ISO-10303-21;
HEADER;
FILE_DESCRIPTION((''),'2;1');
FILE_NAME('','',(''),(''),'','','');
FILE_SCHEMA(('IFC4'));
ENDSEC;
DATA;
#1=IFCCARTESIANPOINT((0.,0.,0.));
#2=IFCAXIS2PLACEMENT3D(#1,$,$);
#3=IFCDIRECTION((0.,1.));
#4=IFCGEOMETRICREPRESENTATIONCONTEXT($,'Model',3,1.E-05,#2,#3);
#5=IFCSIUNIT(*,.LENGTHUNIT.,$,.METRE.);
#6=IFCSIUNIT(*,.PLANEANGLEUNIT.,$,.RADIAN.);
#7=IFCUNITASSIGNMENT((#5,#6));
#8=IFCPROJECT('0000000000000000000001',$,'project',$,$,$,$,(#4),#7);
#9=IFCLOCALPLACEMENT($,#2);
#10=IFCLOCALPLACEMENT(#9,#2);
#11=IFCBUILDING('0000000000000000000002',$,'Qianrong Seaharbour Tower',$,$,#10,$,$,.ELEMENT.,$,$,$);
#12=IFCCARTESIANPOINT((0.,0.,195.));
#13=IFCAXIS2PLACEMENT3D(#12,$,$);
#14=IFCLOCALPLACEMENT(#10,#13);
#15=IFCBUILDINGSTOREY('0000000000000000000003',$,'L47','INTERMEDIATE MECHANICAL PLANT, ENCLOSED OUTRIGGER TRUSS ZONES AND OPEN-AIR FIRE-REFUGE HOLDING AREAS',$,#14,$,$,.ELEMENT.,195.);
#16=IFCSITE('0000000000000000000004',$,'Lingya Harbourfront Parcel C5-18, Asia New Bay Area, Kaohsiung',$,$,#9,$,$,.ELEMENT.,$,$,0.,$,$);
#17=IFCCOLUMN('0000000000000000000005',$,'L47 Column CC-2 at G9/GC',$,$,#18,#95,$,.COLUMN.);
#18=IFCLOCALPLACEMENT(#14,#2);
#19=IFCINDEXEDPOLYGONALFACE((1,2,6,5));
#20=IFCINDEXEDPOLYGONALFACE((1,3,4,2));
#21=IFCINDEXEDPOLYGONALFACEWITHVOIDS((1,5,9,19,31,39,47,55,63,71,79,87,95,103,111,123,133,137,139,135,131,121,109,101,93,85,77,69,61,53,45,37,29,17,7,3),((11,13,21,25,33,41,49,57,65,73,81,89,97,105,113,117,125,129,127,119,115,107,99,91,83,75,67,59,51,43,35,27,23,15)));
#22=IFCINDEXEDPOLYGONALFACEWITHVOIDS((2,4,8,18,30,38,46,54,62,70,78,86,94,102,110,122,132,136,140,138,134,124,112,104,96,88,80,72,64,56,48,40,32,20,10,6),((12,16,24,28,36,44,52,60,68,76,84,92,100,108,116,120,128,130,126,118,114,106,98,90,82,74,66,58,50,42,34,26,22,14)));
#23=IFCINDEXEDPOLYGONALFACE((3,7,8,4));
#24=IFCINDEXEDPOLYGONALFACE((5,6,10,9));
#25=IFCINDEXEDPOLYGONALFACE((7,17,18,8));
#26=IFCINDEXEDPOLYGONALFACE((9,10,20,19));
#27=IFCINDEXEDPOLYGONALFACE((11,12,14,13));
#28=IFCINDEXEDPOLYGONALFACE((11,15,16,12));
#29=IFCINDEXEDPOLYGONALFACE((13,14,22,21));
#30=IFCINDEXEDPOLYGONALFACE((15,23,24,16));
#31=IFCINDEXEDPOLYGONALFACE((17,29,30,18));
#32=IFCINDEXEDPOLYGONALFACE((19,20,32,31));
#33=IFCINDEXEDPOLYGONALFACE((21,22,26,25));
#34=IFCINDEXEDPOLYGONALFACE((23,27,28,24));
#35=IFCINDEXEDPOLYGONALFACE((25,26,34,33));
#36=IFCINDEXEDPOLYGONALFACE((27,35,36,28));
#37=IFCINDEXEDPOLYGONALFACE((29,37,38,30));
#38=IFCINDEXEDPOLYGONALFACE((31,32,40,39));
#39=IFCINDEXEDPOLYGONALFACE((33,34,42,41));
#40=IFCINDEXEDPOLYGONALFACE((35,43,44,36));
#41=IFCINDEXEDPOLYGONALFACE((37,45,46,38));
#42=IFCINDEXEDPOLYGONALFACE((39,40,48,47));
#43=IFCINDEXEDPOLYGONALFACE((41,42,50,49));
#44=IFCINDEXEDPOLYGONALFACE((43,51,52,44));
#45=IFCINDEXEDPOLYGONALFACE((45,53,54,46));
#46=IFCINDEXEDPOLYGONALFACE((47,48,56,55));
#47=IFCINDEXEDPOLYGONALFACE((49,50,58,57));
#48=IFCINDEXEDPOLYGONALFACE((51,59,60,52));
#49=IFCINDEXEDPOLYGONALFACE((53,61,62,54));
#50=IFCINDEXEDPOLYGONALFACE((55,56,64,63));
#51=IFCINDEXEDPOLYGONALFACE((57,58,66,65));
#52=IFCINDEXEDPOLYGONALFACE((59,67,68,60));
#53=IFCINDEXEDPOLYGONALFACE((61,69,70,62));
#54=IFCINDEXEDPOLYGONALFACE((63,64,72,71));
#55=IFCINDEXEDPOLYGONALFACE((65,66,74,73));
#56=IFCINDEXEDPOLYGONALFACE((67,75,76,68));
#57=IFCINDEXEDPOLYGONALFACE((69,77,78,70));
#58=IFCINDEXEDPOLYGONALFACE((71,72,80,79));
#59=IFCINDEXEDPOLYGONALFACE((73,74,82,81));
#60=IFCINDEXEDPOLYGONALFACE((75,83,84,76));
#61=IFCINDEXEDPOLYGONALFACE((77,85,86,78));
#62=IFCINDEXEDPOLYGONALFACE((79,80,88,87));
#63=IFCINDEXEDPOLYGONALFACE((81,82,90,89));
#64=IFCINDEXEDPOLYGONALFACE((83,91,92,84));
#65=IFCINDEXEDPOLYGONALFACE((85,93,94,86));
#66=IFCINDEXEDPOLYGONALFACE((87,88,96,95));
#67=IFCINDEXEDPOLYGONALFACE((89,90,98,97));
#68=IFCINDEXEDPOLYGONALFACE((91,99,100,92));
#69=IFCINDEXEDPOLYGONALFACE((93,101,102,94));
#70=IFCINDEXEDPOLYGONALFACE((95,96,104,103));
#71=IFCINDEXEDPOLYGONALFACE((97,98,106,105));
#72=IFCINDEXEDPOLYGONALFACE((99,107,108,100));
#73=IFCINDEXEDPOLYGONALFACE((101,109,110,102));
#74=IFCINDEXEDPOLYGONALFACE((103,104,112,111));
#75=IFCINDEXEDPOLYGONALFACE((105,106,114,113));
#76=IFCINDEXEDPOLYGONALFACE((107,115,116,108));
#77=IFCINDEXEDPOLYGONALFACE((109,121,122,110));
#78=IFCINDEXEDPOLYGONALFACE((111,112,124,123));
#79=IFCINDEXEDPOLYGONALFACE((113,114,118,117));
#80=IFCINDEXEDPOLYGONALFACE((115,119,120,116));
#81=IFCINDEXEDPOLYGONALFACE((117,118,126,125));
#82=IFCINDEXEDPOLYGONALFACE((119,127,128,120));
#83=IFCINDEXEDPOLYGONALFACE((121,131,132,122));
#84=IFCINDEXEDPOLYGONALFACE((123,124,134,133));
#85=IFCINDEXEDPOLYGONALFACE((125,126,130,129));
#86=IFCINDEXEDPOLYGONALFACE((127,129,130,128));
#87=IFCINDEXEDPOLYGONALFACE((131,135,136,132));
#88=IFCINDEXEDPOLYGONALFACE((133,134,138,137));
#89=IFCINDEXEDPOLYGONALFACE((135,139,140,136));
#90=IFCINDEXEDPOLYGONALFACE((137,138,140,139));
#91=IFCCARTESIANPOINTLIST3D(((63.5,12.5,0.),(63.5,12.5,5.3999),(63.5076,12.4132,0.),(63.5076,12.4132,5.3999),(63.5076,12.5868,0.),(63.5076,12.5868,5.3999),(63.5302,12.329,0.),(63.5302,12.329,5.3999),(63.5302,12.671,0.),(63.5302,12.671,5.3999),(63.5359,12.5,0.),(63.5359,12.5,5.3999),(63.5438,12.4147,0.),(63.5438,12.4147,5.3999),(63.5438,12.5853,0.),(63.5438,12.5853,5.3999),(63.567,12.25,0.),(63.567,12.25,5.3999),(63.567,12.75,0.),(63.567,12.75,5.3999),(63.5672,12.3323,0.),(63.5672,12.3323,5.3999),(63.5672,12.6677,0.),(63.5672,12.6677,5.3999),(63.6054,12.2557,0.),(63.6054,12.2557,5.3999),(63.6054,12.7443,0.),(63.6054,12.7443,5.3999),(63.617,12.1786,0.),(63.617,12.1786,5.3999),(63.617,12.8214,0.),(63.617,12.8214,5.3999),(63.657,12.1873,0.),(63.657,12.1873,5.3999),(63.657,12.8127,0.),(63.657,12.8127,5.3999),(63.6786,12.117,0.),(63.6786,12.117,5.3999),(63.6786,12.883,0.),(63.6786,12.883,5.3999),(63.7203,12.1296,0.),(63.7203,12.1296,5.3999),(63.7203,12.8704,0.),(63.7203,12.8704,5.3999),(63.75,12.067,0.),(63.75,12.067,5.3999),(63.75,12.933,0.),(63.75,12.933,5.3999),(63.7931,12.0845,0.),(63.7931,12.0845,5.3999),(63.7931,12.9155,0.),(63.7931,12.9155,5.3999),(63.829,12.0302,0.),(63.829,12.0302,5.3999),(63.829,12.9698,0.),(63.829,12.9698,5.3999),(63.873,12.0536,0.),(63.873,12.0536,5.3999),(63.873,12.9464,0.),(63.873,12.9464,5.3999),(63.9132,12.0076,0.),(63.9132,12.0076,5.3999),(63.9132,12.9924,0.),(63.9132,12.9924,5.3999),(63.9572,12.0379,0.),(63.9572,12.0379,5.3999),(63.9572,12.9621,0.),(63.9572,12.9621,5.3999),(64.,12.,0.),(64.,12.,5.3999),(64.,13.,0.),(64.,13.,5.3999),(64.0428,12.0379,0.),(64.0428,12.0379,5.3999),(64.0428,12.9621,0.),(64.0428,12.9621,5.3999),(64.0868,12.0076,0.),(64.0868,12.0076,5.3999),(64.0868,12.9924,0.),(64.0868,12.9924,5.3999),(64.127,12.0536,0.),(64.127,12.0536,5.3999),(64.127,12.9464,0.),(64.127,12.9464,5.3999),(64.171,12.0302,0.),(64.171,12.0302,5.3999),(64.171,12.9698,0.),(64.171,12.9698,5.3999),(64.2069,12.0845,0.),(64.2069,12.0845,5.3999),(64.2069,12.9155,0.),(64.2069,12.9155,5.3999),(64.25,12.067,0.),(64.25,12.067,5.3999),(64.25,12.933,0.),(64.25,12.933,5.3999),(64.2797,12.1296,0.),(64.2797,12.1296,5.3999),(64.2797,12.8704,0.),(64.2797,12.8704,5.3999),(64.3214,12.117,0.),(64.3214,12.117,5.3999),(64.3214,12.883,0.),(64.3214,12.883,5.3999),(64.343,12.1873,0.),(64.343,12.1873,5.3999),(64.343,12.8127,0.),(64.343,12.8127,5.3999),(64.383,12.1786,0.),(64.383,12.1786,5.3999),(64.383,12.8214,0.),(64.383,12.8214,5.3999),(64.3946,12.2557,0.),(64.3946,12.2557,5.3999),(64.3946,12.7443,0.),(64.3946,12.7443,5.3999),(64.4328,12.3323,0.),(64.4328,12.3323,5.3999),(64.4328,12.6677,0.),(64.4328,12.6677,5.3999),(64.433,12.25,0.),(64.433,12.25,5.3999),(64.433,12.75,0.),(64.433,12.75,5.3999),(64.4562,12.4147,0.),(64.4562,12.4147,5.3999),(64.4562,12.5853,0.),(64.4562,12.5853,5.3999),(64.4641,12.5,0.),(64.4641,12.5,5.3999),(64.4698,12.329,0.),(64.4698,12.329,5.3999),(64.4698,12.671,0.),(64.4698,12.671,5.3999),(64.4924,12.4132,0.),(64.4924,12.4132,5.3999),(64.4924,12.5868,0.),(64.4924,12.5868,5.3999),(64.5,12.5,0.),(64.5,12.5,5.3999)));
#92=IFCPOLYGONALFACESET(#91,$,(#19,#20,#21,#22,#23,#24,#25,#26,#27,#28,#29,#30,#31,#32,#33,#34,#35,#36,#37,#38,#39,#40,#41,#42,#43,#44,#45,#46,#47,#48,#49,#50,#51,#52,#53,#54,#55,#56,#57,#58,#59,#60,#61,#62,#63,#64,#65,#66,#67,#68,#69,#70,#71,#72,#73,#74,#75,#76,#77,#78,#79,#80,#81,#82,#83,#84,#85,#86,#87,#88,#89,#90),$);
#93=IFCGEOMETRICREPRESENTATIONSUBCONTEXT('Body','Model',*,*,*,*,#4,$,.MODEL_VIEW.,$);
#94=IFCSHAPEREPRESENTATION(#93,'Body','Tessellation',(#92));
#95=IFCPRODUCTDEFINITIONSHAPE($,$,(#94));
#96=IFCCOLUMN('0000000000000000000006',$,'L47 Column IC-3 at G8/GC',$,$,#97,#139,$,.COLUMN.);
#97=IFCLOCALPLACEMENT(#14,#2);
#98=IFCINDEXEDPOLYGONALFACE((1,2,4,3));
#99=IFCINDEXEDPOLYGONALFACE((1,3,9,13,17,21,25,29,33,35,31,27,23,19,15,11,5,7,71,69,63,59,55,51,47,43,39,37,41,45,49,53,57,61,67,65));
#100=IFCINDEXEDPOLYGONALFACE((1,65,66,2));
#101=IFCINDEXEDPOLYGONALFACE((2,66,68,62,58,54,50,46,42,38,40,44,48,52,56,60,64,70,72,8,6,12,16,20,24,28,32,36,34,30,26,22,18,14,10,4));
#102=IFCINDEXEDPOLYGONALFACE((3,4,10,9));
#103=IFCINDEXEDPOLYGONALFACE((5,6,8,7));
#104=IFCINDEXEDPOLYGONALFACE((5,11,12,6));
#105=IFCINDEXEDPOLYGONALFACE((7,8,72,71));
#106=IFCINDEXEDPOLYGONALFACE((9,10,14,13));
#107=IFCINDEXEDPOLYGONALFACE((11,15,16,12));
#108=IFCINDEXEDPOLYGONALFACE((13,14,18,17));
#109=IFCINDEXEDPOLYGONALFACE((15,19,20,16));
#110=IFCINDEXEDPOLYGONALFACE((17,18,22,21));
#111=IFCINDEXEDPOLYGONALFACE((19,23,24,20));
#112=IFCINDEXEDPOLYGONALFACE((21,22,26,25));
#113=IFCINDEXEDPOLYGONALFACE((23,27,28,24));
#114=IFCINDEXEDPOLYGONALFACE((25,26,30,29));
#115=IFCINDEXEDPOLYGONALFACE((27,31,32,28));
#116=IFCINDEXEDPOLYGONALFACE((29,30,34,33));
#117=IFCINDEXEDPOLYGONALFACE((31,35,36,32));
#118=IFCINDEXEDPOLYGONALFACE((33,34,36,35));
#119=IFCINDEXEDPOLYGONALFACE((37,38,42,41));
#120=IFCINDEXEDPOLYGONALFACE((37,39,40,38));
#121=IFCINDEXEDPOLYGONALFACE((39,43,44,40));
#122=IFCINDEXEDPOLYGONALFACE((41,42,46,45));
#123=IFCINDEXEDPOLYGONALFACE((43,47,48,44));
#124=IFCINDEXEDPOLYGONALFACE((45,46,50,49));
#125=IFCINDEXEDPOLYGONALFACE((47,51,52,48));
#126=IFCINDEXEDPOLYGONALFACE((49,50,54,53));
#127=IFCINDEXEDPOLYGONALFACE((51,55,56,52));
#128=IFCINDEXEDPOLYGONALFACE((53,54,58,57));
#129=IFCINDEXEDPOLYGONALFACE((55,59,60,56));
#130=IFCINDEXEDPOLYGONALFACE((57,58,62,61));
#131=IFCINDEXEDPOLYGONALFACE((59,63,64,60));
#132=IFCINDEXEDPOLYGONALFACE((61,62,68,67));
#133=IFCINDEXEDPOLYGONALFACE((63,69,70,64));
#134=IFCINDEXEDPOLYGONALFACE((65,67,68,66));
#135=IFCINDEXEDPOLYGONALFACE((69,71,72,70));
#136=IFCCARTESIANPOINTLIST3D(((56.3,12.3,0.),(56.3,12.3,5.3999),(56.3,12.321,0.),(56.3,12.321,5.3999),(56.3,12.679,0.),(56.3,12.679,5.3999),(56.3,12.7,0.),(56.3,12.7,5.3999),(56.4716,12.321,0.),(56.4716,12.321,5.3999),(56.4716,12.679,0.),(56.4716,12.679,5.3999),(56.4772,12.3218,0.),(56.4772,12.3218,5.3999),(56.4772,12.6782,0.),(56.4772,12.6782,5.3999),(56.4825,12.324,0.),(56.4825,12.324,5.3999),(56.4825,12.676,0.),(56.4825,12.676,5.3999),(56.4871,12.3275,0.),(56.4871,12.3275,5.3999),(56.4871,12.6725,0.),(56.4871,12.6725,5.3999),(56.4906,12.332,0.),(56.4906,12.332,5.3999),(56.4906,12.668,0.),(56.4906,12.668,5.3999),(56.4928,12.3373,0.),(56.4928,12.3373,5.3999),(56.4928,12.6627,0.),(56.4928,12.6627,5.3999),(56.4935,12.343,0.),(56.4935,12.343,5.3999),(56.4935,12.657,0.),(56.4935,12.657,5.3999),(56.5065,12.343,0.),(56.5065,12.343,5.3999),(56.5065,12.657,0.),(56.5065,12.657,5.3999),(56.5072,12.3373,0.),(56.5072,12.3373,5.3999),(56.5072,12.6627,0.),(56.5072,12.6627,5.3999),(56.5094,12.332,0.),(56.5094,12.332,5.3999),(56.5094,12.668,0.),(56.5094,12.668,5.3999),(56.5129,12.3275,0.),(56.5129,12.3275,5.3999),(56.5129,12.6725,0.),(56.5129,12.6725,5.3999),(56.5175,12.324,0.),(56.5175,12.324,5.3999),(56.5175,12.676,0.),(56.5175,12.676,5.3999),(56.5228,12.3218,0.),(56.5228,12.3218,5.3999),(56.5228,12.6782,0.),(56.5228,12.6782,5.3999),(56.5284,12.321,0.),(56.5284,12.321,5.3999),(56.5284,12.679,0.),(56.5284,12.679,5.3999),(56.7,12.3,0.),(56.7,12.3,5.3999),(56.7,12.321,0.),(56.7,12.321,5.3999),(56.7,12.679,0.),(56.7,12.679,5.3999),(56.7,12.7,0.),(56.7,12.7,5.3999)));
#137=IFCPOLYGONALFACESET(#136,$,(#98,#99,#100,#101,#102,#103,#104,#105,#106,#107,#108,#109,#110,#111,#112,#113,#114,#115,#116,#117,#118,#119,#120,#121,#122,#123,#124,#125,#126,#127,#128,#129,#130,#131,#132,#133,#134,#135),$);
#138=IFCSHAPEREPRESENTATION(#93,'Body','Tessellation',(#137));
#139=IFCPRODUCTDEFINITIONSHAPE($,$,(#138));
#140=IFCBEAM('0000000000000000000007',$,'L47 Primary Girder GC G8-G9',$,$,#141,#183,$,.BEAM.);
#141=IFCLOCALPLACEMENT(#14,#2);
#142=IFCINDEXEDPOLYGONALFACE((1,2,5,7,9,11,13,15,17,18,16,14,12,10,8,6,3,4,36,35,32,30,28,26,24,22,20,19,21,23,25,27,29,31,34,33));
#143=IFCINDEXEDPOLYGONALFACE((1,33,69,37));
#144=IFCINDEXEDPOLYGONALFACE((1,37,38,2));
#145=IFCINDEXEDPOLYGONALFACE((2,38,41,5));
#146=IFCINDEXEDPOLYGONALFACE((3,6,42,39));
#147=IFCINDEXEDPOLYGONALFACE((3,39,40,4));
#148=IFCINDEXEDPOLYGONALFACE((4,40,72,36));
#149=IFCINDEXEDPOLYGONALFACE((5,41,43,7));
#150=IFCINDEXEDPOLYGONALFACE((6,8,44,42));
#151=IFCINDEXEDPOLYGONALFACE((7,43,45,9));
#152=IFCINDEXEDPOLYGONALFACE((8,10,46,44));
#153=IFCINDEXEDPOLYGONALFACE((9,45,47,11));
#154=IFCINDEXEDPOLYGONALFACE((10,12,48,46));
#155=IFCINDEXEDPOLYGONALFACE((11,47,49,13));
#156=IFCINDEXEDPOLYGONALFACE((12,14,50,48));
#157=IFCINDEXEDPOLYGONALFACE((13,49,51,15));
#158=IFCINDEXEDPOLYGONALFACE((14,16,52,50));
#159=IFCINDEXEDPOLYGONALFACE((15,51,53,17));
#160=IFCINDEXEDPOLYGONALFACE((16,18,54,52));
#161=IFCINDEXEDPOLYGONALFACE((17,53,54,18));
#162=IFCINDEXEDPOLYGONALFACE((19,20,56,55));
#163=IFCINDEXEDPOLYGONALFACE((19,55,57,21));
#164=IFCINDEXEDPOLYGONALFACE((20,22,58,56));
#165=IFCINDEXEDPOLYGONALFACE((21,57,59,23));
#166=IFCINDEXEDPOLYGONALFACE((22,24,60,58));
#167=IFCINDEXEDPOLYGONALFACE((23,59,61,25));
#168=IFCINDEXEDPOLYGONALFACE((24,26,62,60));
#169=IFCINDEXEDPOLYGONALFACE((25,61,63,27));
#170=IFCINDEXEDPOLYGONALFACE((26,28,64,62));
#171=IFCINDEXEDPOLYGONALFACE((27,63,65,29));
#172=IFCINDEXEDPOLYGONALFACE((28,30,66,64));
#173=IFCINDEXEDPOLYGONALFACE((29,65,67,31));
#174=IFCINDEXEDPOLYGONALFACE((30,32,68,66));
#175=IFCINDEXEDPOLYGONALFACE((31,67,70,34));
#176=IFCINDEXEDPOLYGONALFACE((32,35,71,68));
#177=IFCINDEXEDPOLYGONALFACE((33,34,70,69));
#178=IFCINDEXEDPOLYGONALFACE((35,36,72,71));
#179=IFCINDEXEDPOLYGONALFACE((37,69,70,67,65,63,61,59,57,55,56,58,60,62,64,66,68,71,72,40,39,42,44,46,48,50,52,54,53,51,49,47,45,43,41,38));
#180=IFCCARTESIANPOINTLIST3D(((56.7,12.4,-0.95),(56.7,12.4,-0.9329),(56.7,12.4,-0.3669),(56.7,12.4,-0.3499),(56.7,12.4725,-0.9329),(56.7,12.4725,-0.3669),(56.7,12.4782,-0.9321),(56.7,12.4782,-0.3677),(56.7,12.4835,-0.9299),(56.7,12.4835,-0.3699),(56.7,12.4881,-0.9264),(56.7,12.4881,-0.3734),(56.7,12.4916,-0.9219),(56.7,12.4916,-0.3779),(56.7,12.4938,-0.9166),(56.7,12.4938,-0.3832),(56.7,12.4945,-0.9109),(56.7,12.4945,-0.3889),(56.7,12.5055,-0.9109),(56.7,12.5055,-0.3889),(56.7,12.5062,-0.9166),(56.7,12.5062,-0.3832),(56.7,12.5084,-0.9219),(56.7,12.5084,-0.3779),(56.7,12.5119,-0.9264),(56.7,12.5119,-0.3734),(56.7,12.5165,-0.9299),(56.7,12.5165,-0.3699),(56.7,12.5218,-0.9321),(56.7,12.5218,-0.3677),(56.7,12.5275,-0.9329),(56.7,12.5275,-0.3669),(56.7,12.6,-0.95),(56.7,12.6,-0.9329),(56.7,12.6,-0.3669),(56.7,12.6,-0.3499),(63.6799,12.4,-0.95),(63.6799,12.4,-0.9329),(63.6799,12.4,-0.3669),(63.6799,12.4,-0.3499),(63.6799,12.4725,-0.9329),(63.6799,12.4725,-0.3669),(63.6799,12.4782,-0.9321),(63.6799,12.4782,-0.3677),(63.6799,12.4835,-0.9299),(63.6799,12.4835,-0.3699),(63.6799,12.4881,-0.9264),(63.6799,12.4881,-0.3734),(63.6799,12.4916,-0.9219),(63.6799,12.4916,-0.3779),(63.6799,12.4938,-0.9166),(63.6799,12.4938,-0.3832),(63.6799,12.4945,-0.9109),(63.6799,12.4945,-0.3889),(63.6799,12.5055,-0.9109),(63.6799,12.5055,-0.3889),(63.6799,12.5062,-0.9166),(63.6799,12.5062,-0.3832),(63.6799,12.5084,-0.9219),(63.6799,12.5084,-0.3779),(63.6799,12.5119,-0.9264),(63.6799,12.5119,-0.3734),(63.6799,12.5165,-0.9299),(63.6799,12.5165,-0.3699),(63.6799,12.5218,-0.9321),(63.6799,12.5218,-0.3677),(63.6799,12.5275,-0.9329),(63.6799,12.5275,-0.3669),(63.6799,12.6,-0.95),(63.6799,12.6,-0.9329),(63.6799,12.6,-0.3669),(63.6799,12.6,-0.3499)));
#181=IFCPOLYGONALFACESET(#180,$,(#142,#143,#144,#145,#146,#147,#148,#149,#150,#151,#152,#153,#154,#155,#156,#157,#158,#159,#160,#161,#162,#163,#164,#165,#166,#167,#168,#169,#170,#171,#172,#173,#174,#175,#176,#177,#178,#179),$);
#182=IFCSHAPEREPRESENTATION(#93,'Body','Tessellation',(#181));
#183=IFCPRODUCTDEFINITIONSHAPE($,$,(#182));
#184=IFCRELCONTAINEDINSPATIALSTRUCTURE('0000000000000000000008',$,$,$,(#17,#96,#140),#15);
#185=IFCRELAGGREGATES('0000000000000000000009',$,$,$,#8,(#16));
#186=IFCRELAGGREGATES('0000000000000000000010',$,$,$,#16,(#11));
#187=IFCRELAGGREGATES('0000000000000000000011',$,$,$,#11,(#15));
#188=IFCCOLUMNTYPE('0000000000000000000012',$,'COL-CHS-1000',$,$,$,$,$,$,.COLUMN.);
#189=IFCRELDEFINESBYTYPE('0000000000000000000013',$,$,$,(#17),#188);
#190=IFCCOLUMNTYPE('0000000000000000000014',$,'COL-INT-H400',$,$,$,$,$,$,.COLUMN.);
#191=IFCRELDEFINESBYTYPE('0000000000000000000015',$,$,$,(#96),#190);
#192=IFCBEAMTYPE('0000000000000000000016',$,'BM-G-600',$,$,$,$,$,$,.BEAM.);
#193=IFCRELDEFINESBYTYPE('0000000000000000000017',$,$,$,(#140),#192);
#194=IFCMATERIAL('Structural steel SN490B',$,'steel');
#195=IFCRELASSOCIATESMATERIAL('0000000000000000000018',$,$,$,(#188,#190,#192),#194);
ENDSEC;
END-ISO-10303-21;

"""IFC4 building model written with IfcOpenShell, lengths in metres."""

from ifc_helpers import new_model, si_unit, direction, frame, origin, origin_2d, place, context, subcontext, project, spatial, hollow_circle, i_section, extrude, material, material_profile, profile_set, type_object, element, save


model = new_model("IFC4")

# Units and contexts
model_context = context("Model", 3, precision=1e-05, world=origin(), true_north=direction((0.0, 1.0)))
body_context = subcontext(model_context, "Body", "Model", "MODEL_VIEW")
ifc_project = project(units=[si_unit("LENGTHUNIT", "METRE"), si_unit("PLANEANGLEUNIT", "RADIAN")], contexts=[model_context])

# Site, building, storey
site_placement = place(None, origin())
site = spatial("IfcSite", under=ifc_project, at=site_placement, Name="Lingya Harbourfront Parcel C5-18, Asia New Bay Area, Kaohsiung", CompositionType="ELEMENT", RefElevation=0.0)
building_placement = place(site_placement, origin())
building = spatial("IfcBuilding", under=site, at=building_placement, Name="Qianrong Seaharbour Tower", CompositionType="ELEMENT")
storey_placement = place(building_placement, frame((0.0, 0.0, 195.0)))
storey = spatial("IfcBuildingStorey", under=building, at=storey_placement, Name="L47", Description="INTERMEDIATE MECHANICAL PLANT, ENCLOSED OUTRIGGER TRUSS ZONES AND OPEN-AIR FIRE-REFUGE HOLDING AREAS", CompositionType="ELEMENT", Elevation=195.0)

# Columns
ifc_material_1 = material(Name="Structural steel SN490B", Category="steel")
ifc_material_profile_1 = material_profile(ifc_material_1, hollow_circle(Radius=0.5, WallThickness=0.0359, at=origin_2d()), Name="CHS1000x36")
ifc_profile_set_1 = profile_set([ifc_material_profile_1], Name="Structural steel SN490B")
column_type_1 = type_object("IfcColumnType", Name="COL-CHS-1000", PredefinedType="COLUMN", material=ifc_profile_set_1)
column_1_placement = place(storey_placement, frame((64.0, 12.5, 0.0), z_axis=(0.0, 0.0, 1.0), x_axis=(1.0, 0.0, 0.0)))
element("IfcColumn", 1, at=column_1_placement, inside=storey, type_object=column_type_1, Name="L47 Column CC-2 at G9/GC", PredefinedType="COLUMN", context=body_context, shape_type="SweptSolid", body=[
    extrude(hollow_circle(Radius=0.5, WallThickness=0.0359, at=origin_2d()), origin(), (0.0, 0.0, 1.0), 5.3999),
])
ifc_material_profile_2 = material_profile(ifc_material_1, i_section(OverallWidth=0.3999, OverallDepth=0.3999, WebThickness=0.0129, FlangeThickness=0.021, FilletRadius=0.022, at=origin_2d()), Name="H400x400x13x21")
ifc_profile_set_2 = profile_set([ifc_material_profile_2], Name="Structural steel SN490B")
column_type_2 = type_object("IfcColumnType", Name="COL-INT-H400", PredefinedType="COLUMN", material=ifc_profile_set_2)
column_2_placement = place(storey_placement, frame((56.5, 12.5, 0.0), z_axis=(0.0, 0.0, 1.0), x_axis=(1.0, 0.0, 0.0)))
element("IfcColumn", 2, at=column_2_placement, inside=storey, type_object=column_type_2, Name="L47 Column IC-3 at G8/GC", PredefinedType="COLUMN", context=body_context, shape_type="SweptSolid", body=[
    extrude(i_section(OverallWidth=0.3999, OverallDepth=0.3999, WebThickness=0.0129, FlangeThickness=0.021, FilletRadius=0.022, at=origin_2d()), origin(), (0.0, 0.0, 1.0), 5.3999),
])

# Beam
ifc_material_profile_3 = material_profile(ifc_material_1, i_section(OverallWidth=0.2, OverallDepth=0.6001, WebThickness=0.011, FlangeThickness=0.0171, FilletRadius=0.022, at=origin_2d()), Name="H600x200x11x17")
ifc_profile_set_3 = profile_set([ifc_material_profile_3], Name="Structural steel SN490B")
beam_type_1 = type_object("IfcBeamType", Name="BM-G-600", PredefinedType="BEAM", material=ifc_profile_set_3)
beam_1_placement = place(storey_placement, frame((56.7, 12.5, -0.6499), z_axis=(1.0, 0.0, 0.0), x_axis=(0.0, 1.0, 0.0)))
element("IfcBeam", 3, at=beam_1_placement, inside=storey, type_object=beam_type_1, Name="L47 Primary Girder GC G8-G9", PredefinedType="BEAM", context=body_context, shape_type="SweptSolid", body=[
    extrude(i_section(OverallWidth=0.2, OverallDepth=0.6001, WebThickness=0.011, FlangeThickness=0.0171, FilletRadius=0.022, at=origin_2d()), origin(), (0.0, 0.0, 1.0), 6.98),
])

save(model, "model.ifc")
